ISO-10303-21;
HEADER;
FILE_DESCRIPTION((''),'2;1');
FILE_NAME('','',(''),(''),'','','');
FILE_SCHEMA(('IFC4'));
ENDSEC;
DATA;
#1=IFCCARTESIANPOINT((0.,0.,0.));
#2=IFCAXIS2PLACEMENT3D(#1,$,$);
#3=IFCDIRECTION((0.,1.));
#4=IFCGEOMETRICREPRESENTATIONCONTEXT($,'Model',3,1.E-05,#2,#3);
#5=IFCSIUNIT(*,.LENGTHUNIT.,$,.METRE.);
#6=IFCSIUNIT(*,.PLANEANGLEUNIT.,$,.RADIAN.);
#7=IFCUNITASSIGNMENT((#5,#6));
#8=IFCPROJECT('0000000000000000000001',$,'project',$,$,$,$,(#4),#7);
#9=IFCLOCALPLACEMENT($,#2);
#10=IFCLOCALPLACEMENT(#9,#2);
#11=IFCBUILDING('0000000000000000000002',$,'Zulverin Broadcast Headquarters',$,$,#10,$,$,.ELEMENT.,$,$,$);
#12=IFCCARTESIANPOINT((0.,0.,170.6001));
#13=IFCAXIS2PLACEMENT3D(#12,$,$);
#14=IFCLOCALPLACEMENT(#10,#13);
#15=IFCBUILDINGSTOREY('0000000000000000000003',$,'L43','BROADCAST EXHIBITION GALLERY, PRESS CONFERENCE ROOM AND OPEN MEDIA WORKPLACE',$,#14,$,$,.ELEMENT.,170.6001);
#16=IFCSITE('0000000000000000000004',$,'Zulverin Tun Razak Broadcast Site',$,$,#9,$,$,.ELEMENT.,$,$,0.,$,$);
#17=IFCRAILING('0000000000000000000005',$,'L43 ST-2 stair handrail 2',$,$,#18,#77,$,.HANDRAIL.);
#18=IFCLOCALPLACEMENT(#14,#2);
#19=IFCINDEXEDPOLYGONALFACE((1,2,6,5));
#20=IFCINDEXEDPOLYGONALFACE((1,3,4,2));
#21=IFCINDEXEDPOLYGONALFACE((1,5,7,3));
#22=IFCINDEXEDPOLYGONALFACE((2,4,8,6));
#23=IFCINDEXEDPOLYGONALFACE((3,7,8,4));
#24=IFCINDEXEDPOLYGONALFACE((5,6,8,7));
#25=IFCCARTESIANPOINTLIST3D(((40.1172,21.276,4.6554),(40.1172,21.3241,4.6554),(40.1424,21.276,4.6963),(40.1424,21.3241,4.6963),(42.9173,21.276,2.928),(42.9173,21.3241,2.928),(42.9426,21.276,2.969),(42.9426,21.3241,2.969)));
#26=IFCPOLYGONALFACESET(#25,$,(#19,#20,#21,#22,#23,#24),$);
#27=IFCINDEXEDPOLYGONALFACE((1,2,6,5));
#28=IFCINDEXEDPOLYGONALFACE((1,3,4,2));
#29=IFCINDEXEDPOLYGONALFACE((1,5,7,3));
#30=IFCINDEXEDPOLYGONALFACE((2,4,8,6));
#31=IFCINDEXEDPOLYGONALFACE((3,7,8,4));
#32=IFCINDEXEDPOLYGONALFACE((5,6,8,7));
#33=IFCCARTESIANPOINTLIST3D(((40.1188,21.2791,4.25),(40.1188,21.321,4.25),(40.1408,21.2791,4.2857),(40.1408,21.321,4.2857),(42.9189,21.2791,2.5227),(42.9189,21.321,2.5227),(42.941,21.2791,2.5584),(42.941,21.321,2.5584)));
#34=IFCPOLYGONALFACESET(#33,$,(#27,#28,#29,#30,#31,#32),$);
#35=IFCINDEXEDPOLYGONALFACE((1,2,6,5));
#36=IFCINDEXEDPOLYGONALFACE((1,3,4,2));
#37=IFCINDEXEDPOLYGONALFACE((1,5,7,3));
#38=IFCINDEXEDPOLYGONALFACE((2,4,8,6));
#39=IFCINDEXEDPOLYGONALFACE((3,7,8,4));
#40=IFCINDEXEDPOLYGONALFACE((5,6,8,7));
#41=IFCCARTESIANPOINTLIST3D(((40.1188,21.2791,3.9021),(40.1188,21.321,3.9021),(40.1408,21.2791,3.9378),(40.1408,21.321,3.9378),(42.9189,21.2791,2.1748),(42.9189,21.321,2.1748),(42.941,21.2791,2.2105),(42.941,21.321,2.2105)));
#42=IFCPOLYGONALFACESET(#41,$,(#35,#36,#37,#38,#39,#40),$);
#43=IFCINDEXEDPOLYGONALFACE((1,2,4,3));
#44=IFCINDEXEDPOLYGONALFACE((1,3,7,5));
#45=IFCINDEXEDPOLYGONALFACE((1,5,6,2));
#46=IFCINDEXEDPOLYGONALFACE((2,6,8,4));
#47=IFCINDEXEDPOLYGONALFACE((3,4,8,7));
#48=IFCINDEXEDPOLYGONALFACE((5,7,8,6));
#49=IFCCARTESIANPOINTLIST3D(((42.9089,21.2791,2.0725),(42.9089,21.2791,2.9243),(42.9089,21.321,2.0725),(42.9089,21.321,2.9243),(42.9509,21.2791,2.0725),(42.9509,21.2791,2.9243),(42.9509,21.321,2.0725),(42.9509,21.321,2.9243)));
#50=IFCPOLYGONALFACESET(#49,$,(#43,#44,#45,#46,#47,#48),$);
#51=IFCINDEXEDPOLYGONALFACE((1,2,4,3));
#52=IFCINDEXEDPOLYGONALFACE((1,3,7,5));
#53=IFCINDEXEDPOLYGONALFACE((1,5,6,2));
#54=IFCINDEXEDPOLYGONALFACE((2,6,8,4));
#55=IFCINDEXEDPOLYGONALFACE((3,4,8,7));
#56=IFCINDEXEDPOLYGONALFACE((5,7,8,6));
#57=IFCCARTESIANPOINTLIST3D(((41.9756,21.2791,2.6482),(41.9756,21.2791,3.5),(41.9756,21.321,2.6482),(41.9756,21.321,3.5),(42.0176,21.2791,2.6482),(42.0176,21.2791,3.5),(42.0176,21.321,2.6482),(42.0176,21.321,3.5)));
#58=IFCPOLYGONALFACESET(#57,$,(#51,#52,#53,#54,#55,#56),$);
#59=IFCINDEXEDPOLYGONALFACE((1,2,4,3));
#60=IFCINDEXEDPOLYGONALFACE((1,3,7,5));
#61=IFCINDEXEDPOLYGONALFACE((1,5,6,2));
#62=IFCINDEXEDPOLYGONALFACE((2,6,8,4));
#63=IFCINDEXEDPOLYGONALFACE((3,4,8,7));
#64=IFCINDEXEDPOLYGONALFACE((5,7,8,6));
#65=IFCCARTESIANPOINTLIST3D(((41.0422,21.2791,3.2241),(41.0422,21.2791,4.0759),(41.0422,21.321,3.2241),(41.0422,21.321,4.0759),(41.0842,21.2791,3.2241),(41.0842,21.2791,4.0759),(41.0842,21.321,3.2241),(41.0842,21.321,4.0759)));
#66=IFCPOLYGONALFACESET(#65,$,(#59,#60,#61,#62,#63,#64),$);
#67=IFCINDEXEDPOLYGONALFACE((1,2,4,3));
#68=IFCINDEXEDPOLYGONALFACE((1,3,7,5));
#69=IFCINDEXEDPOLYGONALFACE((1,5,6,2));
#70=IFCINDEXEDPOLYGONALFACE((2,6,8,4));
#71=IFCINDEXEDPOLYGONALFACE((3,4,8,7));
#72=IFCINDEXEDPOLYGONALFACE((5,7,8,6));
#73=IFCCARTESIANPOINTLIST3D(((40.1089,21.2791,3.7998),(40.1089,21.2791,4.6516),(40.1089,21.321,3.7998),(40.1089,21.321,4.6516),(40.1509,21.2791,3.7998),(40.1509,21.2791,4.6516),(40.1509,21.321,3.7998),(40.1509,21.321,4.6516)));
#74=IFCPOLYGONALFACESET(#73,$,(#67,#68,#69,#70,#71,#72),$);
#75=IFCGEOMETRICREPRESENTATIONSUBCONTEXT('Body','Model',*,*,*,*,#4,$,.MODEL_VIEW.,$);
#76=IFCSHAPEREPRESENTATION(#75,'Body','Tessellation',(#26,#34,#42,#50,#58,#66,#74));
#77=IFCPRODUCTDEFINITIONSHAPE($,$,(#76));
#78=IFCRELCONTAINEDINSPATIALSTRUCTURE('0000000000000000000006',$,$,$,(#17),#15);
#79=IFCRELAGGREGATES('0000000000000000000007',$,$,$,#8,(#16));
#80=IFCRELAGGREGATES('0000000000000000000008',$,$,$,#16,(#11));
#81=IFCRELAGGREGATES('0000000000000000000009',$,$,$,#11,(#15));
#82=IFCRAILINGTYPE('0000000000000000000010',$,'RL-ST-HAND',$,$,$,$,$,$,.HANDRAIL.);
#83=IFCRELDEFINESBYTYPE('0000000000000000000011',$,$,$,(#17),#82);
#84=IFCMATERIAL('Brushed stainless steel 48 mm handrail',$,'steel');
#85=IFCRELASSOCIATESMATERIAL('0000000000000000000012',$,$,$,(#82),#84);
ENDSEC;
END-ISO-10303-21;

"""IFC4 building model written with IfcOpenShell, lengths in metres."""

from ifc_helpers import new_model, si_unit, direction, frame, origin, origin_2d, place, context, subcontext, project, spatial, rectangle, extrude, material, type_object, element, save


model = new_model("IFC4")

# Units and contexts
model_context = context("Model", 3, precision=1e-05, world=origin(), true_north=direction((0.0, 1.0)))
body_context = subcontext(model_context, "Body", "Model", "MODEL_VIEW")
ifc_project = project(units=[si_unit("LENGTHUNIT", "METRE"), si_unit("PLANEANGLEUNIT", "RADIAN")], contexts=[model_context])

# Site, building, storey
site_placement = place(None, origin())
site = spatial("IfcSite", under=ifc_project, at=site_placement, Name="Zulverin Tun Razak Broadcast Site", CompositionType="ELEMENT", RefElevation=0.0)
building_placement = place(site_placement, origin())
building = spatial("IfcBuilding", under=site, at=building_placement, Name="Zulverin Broadcast Headquarters", CompositionType="ELEMENT")
storey_placement = place(building_placement, frame((0.0, 0.0, 170.6001)))
storey = spatial("IfcBuildingStorey", under=building, at=storey_placement, Name="L43", Description="BROADCAST EXHIBITION GALLERY, PRESS CONFERENCE ROOM AND OPEN MEDIA WORKPLACE", CompositionType="ELEMENT", Elevation=170.6001)

# Railing
ifc_material_1 = material(Name="Brushed stainless steel 48 mm handrail", Category="steel")
railing_type_1 = type_object("IfcRailingType", Name="RL-ST-HAND", PredefinedType="HANDRAIL", material=ifc_material_1)
railing_1_placement = place(storey_placement, frame((42.9299, 21.3, 2.0725)))
element("IfcRailing", 1, at=railing_1_placement, inside=storey, type_object=railing_type_1, Name="L43 ST-2 stair handrail 2", PredefinedType="HANDRAIL", context=body_context, shape_type="SweptSolid", body=[
    extrude(rectangle(XDim=0.0481, YDim=0.0481, at=origin_2d()), frame((0.0, 0.0, 0.876), z_axis=(-0.85109, 0.0, 0.52502), x_axis=(0.0, -1.0, 0.0)), (0.0, 0.0, 1.0), 3.29),
    extrude(rectangle(XDim=0.042, YDim=0.042, at=origin_2d()), frame((0.0, 0.0, 0.468), z_axis=(-0.85109, 0.0, 0.52502), x_axis=(0.0, -1.0, 0.0)), (0.0, 0.0, 1.0), 3.29),
    extrude(rectangle(XDim=0.042, YDim=0.042, at=origin_2d()), frame((0.0, 0.0, 0.1201), z_axis=(-0.85109, 0.0, 0.52502), x_axis=(0.0, -1.0, 0.0)), (0.0, 0.0, 1.0), 3.29),
    extrude(rectangle(XDim=0.042, YDim=0.042, at=origin_2d()), origin(), (0.0, 0.0, 1.0), 0.8518),
    extrude(rectangle(XDim=0.042, YDim=0.042, at=origin_2d()), frame((-0.9333, 0.0, 0.5757)), (0.0, 0.0, 1.0), 0.8518),
    extrude(rectangle(XDim=0.042, YDim=0.042, at=origin_2d()), frame((-1.8667, 0.0, 1.1516)), (0.0, 0.0, 1.0), 0.8518),
    extrude(rectangle(XDim=0.042, YDim=0.042, at=origin_2d()), frame((-2.8, 0.0, 1.7273)), (0.0, 0.0, 1.0), 0.8518),
])

save(model, "model.ifc")
